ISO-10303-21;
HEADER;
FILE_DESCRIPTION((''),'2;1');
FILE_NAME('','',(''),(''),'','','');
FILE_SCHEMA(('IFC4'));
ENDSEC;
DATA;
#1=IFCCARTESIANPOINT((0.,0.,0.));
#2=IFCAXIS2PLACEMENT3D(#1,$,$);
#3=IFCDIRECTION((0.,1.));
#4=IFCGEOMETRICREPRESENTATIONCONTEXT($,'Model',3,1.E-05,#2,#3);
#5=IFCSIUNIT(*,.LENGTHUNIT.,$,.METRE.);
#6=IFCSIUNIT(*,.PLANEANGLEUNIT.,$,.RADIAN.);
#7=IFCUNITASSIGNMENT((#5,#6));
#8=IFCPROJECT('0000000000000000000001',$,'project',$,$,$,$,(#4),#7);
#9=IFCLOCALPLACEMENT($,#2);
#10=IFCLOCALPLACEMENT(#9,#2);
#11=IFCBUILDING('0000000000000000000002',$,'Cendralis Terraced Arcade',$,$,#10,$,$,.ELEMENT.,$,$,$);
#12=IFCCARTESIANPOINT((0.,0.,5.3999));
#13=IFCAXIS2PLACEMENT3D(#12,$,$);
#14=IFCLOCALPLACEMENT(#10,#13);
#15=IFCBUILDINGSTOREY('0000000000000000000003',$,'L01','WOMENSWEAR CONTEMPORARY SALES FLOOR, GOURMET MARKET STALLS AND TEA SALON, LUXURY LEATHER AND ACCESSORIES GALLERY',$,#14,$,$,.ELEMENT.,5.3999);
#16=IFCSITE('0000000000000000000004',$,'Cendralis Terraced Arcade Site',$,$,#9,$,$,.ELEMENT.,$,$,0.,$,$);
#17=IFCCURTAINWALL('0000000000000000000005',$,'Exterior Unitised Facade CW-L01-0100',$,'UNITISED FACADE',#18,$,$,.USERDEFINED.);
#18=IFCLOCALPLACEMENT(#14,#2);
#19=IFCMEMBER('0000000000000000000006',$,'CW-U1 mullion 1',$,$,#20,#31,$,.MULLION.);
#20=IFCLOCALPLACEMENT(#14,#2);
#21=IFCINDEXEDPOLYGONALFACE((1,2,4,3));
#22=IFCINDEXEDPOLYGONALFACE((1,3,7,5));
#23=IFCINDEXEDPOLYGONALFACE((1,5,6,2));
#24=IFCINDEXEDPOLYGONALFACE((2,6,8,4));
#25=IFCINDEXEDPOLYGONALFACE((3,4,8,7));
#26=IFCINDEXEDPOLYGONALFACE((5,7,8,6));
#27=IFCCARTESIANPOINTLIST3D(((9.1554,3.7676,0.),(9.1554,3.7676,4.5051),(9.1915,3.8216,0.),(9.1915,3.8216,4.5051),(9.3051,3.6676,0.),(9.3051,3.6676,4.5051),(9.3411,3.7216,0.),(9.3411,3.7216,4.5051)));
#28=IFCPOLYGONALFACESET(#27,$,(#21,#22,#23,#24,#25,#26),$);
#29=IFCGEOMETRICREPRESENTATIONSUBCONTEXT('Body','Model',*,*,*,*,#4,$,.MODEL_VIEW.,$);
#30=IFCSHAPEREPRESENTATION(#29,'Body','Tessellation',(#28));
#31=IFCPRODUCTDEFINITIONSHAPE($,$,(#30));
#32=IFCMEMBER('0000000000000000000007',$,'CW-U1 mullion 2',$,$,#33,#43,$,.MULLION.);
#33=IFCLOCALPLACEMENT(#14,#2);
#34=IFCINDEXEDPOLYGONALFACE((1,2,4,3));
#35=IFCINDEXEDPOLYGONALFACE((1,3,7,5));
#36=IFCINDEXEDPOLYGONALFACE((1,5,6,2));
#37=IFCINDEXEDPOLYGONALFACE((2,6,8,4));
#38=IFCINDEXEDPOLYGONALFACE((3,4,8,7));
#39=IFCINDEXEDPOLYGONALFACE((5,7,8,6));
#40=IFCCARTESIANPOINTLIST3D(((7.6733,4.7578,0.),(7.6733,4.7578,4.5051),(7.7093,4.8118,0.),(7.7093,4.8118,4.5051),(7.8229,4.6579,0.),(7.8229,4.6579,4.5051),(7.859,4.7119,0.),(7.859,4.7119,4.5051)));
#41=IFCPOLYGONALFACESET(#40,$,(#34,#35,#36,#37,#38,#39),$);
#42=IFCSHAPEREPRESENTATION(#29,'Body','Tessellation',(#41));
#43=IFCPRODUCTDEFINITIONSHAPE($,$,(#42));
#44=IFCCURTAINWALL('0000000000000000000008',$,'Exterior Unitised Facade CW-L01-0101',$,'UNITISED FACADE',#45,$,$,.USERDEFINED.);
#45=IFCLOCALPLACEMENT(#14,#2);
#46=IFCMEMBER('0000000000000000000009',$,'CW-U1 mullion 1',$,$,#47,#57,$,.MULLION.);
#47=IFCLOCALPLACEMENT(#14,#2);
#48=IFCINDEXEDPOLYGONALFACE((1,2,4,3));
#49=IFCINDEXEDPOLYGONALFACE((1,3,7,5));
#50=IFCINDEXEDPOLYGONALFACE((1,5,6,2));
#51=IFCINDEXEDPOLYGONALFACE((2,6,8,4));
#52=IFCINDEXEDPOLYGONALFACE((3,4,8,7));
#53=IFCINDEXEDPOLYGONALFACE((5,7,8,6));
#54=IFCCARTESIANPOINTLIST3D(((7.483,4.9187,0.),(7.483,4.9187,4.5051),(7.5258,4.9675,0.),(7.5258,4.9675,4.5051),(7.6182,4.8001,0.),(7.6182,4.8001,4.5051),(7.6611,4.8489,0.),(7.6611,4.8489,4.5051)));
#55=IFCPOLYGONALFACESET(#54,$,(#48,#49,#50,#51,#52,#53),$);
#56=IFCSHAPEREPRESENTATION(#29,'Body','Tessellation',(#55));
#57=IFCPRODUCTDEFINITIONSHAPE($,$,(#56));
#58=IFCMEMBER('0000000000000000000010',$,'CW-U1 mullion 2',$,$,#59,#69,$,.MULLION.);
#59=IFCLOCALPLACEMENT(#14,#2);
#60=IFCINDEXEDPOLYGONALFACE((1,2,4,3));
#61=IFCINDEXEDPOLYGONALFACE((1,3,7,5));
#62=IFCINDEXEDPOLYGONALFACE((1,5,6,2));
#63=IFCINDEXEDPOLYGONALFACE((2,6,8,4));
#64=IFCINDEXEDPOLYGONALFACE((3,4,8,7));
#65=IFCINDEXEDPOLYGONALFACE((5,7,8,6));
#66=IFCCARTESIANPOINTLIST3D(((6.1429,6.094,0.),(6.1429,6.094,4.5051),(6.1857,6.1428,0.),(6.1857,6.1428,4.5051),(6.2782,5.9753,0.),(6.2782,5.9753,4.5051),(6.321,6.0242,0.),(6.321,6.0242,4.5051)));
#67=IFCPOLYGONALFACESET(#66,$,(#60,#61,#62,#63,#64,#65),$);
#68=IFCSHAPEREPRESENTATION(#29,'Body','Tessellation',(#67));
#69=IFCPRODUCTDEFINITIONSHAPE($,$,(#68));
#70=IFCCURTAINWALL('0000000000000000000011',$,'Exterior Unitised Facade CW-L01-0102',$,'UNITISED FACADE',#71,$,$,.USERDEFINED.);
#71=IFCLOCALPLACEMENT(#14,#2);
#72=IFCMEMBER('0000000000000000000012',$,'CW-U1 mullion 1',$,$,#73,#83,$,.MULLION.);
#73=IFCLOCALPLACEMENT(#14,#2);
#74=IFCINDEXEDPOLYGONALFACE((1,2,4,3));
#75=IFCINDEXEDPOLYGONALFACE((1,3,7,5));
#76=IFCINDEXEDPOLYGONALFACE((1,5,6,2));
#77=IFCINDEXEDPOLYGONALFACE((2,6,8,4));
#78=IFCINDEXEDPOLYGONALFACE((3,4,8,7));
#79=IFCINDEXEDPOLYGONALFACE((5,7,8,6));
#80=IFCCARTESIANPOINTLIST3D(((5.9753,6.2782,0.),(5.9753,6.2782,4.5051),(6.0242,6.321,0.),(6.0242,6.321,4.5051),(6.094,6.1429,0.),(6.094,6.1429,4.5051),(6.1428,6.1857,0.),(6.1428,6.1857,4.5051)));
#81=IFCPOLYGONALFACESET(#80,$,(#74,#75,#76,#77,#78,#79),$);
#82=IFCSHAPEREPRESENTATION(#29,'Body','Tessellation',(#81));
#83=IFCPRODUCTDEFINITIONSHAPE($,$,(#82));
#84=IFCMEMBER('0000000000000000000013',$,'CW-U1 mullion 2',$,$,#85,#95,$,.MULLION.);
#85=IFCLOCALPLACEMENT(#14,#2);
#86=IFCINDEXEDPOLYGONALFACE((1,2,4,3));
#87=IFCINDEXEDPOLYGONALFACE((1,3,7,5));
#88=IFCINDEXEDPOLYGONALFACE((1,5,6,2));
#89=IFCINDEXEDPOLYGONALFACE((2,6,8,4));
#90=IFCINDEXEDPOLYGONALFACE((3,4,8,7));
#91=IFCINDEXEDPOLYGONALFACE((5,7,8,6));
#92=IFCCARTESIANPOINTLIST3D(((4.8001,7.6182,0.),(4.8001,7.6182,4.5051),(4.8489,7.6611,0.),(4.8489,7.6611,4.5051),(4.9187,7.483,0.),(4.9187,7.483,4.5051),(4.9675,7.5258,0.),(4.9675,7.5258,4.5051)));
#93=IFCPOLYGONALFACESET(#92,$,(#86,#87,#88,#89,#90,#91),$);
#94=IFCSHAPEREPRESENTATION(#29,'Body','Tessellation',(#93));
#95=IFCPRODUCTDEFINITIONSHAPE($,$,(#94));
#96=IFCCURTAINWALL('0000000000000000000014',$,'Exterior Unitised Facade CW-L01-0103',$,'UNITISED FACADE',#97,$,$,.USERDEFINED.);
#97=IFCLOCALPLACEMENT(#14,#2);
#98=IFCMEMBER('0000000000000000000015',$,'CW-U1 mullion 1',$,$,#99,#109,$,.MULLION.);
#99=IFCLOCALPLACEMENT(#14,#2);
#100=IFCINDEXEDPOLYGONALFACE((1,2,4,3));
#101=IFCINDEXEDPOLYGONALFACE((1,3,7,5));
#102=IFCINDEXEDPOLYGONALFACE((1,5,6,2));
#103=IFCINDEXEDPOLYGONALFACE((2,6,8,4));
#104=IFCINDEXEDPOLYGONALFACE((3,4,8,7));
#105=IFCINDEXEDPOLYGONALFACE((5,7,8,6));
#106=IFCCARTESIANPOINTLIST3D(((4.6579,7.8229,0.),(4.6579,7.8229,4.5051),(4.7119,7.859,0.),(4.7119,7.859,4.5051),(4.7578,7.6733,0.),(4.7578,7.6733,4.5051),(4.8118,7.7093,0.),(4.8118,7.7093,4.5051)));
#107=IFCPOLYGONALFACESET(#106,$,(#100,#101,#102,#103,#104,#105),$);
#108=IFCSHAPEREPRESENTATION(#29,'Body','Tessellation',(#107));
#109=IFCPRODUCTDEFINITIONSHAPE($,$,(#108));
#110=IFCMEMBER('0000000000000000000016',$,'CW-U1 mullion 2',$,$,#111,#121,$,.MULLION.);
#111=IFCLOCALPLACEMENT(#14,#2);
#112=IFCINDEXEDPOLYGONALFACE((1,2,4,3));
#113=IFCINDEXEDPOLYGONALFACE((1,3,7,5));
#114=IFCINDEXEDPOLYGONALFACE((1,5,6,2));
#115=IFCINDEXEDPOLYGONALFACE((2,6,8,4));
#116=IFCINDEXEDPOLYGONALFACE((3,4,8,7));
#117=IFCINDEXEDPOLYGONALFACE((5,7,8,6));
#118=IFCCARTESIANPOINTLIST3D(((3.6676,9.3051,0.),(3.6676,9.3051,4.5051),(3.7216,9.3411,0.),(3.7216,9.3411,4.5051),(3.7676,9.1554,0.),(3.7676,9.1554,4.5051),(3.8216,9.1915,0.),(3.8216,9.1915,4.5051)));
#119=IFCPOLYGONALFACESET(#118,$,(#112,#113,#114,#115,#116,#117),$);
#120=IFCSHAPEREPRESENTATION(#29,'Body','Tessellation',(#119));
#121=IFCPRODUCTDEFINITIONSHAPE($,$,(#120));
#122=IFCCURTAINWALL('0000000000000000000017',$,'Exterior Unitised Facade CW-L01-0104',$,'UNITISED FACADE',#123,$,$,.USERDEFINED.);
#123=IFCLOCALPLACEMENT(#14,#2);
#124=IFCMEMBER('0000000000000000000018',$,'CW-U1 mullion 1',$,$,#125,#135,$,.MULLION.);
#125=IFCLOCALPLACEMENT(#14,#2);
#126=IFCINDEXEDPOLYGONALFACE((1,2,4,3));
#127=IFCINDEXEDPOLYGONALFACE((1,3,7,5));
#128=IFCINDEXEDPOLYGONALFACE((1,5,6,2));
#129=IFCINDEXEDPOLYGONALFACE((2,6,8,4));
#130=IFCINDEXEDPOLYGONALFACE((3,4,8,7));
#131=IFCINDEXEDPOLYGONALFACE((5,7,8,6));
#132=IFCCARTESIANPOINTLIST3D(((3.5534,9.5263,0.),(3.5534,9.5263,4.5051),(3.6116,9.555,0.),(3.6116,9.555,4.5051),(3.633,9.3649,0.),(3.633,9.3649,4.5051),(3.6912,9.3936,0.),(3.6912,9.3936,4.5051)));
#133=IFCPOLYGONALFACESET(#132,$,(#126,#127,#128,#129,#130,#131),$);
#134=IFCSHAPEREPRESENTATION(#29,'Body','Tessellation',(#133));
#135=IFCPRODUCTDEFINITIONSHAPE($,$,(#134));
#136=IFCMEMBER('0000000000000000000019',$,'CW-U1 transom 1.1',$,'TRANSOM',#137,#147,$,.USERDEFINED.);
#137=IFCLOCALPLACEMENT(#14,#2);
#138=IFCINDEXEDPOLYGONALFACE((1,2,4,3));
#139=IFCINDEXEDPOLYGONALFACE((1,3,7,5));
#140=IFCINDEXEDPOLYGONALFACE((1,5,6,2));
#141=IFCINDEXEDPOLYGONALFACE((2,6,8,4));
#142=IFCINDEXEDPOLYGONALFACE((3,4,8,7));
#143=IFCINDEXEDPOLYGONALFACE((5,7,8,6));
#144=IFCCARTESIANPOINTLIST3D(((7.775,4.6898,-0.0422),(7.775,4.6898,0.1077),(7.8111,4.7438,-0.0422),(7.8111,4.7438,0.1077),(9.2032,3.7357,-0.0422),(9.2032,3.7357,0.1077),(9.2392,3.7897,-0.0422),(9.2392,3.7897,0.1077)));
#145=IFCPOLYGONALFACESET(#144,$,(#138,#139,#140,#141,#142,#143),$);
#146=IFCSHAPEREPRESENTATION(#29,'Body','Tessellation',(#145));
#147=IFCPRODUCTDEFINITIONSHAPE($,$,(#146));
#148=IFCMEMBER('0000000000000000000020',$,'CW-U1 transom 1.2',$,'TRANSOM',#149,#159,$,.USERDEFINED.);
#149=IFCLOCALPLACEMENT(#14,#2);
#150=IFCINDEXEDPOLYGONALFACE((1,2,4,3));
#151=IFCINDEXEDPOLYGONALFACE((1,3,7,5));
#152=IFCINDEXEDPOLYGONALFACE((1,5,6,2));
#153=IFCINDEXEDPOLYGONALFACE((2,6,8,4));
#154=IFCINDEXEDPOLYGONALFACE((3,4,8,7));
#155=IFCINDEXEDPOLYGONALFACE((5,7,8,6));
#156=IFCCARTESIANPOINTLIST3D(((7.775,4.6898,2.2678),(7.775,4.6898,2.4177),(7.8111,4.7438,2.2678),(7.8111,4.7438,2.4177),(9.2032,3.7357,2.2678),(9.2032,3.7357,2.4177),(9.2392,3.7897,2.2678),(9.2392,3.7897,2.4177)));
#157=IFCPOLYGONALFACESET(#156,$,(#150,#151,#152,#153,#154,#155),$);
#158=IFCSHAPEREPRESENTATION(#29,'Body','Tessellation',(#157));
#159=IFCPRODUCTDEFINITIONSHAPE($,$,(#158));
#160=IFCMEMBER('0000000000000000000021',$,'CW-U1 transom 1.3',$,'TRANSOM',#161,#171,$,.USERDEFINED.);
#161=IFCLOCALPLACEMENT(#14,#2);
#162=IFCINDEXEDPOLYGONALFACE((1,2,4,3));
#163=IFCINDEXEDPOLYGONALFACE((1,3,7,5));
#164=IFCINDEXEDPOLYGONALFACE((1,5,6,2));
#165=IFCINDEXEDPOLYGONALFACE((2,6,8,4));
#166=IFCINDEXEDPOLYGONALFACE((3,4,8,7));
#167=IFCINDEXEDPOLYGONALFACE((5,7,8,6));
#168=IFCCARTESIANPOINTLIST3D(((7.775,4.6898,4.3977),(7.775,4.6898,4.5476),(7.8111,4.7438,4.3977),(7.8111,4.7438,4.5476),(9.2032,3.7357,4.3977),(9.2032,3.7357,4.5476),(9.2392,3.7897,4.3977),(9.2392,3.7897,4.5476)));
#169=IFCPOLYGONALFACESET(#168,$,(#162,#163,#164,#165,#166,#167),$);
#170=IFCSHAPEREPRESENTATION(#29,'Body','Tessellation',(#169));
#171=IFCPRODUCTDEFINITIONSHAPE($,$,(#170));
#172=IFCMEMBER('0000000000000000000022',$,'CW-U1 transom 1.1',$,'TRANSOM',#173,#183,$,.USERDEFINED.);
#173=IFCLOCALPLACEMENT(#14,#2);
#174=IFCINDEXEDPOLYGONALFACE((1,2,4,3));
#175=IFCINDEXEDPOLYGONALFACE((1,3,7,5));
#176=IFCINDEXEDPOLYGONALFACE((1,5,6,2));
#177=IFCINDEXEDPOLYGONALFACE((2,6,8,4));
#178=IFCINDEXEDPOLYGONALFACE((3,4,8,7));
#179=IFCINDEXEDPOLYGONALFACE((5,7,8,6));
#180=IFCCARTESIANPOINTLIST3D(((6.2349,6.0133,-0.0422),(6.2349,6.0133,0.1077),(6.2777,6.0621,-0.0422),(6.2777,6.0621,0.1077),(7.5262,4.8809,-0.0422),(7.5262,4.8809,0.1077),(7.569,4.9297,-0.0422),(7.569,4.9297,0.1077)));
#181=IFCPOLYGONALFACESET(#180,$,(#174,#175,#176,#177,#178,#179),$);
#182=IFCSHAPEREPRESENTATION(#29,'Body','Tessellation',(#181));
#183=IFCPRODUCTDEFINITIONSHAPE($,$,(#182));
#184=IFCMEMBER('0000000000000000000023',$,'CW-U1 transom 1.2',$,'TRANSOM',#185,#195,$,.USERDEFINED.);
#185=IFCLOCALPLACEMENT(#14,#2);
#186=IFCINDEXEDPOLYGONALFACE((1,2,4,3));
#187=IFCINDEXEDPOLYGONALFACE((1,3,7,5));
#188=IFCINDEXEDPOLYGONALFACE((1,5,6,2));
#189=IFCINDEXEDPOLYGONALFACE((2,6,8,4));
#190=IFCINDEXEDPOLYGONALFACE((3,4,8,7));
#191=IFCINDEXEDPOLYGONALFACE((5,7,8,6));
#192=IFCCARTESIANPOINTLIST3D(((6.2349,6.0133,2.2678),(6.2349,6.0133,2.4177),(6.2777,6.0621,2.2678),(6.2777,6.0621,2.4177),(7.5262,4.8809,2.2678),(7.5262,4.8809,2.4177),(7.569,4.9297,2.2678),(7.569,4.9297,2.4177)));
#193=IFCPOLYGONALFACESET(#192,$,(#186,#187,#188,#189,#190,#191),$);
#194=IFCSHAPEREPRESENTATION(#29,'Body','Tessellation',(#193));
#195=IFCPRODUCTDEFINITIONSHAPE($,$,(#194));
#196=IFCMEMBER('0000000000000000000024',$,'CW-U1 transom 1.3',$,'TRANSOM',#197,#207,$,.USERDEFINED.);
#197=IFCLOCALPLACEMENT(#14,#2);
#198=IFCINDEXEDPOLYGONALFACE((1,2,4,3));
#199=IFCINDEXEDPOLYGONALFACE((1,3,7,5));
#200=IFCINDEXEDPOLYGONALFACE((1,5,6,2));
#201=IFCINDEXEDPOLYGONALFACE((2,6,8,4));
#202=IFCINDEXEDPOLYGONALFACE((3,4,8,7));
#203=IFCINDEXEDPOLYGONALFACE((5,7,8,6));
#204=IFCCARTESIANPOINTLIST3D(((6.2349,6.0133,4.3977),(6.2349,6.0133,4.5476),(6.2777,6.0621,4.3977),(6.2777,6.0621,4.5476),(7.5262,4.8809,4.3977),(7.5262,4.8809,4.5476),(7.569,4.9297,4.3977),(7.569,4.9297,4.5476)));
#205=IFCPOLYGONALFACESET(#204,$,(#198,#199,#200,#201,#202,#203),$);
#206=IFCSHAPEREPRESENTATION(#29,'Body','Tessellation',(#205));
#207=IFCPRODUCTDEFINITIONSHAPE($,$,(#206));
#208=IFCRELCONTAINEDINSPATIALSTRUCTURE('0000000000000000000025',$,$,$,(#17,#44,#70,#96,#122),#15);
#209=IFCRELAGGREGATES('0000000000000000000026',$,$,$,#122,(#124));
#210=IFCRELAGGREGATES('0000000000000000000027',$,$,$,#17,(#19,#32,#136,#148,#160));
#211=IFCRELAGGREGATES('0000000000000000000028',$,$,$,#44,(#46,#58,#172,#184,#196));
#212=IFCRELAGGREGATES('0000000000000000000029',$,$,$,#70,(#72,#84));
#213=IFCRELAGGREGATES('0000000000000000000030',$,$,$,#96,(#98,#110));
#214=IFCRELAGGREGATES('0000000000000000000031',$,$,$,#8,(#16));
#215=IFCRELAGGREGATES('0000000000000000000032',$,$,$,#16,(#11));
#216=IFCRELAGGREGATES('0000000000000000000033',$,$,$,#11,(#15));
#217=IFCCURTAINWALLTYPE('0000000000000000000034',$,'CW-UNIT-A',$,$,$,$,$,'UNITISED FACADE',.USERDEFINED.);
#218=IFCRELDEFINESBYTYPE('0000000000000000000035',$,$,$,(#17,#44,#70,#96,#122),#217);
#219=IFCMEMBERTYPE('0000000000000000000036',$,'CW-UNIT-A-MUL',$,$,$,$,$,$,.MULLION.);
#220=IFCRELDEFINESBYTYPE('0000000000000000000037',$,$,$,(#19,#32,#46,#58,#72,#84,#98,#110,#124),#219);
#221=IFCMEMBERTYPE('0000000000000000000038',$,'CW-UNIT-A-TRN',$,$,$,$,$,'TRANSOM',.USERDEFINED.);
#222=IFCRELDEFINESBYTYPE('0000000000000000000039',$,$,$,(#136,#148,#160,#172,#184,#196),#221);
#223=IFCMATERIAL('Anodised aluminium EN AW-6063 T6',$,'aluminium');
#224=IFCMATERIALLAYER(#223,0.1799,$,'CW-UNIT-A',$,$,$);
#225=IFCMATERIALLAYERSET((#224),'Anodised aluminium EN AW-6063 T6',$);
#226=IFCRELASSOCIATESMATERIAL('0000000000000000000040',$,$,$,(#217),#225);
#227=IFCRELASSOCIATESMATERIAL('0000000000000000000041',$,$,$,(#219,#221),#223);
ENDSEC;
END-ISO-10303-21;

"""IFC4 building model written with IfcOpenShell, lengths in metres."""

from ifc_helpers import new_model, si_unit, direction, frame, origin, origin_2d, place, context, subcontext, project, spatial, rectangle, extrude, material, layer, layer_set, material_profile, profile_set, type_object, element, aggregate, save


model = new_model("IFC4")

# Units and contexts
model_context = context("Model", 3, precision=1e-05, world=origin(), true_north=direction((0.0, 1.0)))
body_context = subcontext(model_context, "Body", "Model", "MODEL_VIEW")
ifc_project = project(units=[si_unit("LENGTHUNIT", "METRE"), si_unit("PLANEANGLEUNIT", "RADIAN")], contexts=[model_context])

# Site, building, storey
site_placement = place(None, origin())
site = spatial("IfcSite", under=ifc_project, at=site_placement, Name="Cendralis Terraced Arcade Site", CompositionType="ELEMENT", RefElevation=0.0)
building_placement = place(site_placement, origin())
building = spatial("IfcBuilding", under=site, at=building_placement, Name="Cendralis Terraced Arcade", CompositionType="ELEMENT")
storey_placement = place(building_placement, frame((0.0, 0.0, 5.3999)))
storey = spatial("IfcBuildingStorey", under=building, at=storey_placement, Name="L01", Description="WOMENSWEAR CONTEMPORARY SALES FLOOR, GOURMET MARKET STALLS AND TEA SALON, LUXURY LEATHER AND ACCESSORIES GALLERY", CompositionType="ELEMENT", Elevation=5.3999)

# Curtain walls, members
ifc_material_1 = material(Name="Anodised aluminium EN AW-6063 T6", Category="aluminium")
ifc_layer_1 = layer(ifc_material_1, 0.1799, Name="CW-UNIT-A")
ifc_layer_set_1 = layer_set([ifc_layer_1], Name="Anodised aluminium EN AW-6063 T6")
curtain_wall_type = type_object("IfcCurtainWallType", Name="CW-UNIT-A", ElementType="UNITISED FACADE", PredefinedType="USERDEFINED", material=ifc_layer_set_1)
curtain_wall_1_placement = place(storey_placement, origin())
curtain_wall_1 = element("IfcCurtainWall", 1, at=curtain_wall_1_placement, inside=storey, type_object=curtain_wall_type, Name="Exterior Unitised Facade CW-L01-0100", ObjectType="UNITISED FACADE", PredefinedType="USERDEFINED")
ifc_material_profile_1 = material_profile(ifc_material_1, rectangle(XDim=0.0649, YDim=0.1799, at=origin_2d()), Name="ALU-MUL-65x180")
ifc_profile_set_1 = profile_set([ifc_material_profile_1], Name="Anodised aluminium EN AW-6063 T6")
member_type_1 = type_object("IfcMemberType", Name="CW-UNIT-A-MUL", PredefinedType="MULLION", material=ifc_profile_set_1)
member_1_placement = place(storey_placement, frame((9.2483, 3.7446, 0.0), z_axis=(0.0, 0.0, 1.0), x_axis=(-0.555549, -0.831484, 0.0)))
member_1 = element("IfcMember", 2, at=member_1_placement, type_object=member_type_1, Name="CW-U1 mullion 1", PredefinedType="MULLION", context=body_context, shape_type="SweptSolid", body=[
    extrude(rectangle(XDim=0.0649, YDim=0.1799, at=origin_2d()), origin(), (0.0, 0.0, 1.0), 4.5051),
])
member_2_placement = place(storey_placement, frame((7.7661, 4.7349, 0.0), z_axis=(0.0, 0.0, 1.0), x_axis=(-0.555549, -0.831484, 0.0)))
member_2 = element("IfcMember", 3, at=member_2_placement, type_object=member_type_1, Name="CW-U1 mullion 2", PredefinedType="MULLION", context=body_context, shape_type="SweptSolid", body=[
    extrude(rectangle(XDim=0.0649, YDim=0.1799, at=origin_2d()), origin(), (0.0, 0.0, 1.0), 4.5051),
])
curtain_wall_2_placement = place(storey_placement, origin())
curtain_wall_2 = element("IfcCurtainWall", 4, at=curtain_wall_2_placement, inside=storey, type_object=curtain_wall_type, Name="Exterior Unitised Facade CW-L01-0101", ObjectType="UNITISED FACADE", PredefinedType="USERDEFINED")
member_3_placement = place(storey_placement, frame((7.572, 4.8838, 0.0), z_axis=(0.0, 0.0, 1.0), x_axis=(-0.65937, -0.751818, 0.0)))
member_3 = element("IfcMember", 5, at=member_3_placement, type_object=member_type_1, Name="CW-U1 mullion 1", PredefinedType="MULLION", context=body_context, shape_type="SweptSolid", body=[
    extrude(rectangle(XDim=0.0649, YDim=0.1799, at=origin_2d()), origin(), (0.0, 0.0, 1.0), 4.5051),
])
member_4_placement = place(storey_placement, frame((6.2319, 6.0591, 0.0), z_axis=(0.0, 0.0, 1.0), x_axis=(-0.65937, -0.751818, 0.0)))
member_4 = element("IfcMember", 6, at=member_4_placement, type_object=member_type_1, Name="CW-U1 mullion 2", PredefinedType="MULLION", context=body_context, shape_type="SweptSolid", body=[
    extrude(rectangle(XDim=0.0649, YDim=0.1799, at=origin_2d()), origin(), (0.0, 0.0, 1.0), 4.5051),
])
curtain_wall_3_placement = place(storey_placement, origin())
curtain_wall_3 = element("IfcCurtainWall", 7, at=curtain_wall_3_placement, inside=storey, type_object=curtain_wall_type, Name="Exterior Unitised Facade CW-L01-0102", ObjectType="UNITISED FACADE", PredefinedType="USERDEFINED")
member_5_placement = place(storey_placement, frame((6.0591, 6.2319, 0.0), z_axis=(0.0, 0.0, 1.0), x_axis=(-0.751818, -0.65937, 0.0)))
member_5 = element("IfcMember", 8, at=member_5_placement, type_object=member_type_1, Name="CW-U1 mullion 1", PredefinedType="MULLION", context=body_context, shape_type="SweptSolid", body=[
    extrude(rectangle(XDim=0.0649, YDim=0.1799, at=origin_2d()), origin(), (0.0, 0.0, 1.0), 4.5051),
])
member_6_placement = place(storey_placement, frame((4.8838, 7.572, 0.0), z_axis=(0.0, 0.0, 1.0), x_axis=(-0.751818, -0.65937, 0.0)))
member_6 = element("IfcMember", 9, at=member_6_placement, type_object=member_type_1, Name="CW-U1 mullion 2", PredefinedType="MULLION", context=body_context, shape_type="SweptSolid", body=[
    extrude(rectangle(XDim=0.0649, YDim=0.1799, at=origin_2d()), origin(), (0.0, 0.0, 1.0), 4.5051),
])
curtain_wall_4_placement = place(storey_placement, origin())
curtain_wall_4 = element("IfcCurtainWall", 10, at=curtain_wall_4_placement, inside=storey, type_object=curtain_wall_type, Name="Exterior Unitised Facade CW-L01-0103", ObjectType="UNITISED FACADE", PredefinedType="USERDEFINED")
member_7_placement = place(storey_placement, frame((4.7349, 7.7661, 0.0), z_axis=(0.0, 0.0, 1.0), x_axis=(-0.831484, -0.555549, 0.0)))
member_7 = element("IfcMember", 11, at=member_7_placement, type_object=member_type_1, Name="CW-U1 mullion 1", PredefinedType="MULLION", context=body_context, shape_type="SweptSolid", body=[
    extrude(rectangle(XDim=0.0649, YDim=0.1799, at=origin_2d()), origin(), (0.0, 0.0, 1.0), 4.5051),
])
member_8_placement = place(storey_placement, frame((3.7446, 9.2483, 0.0), z_axis=(0.0, 0.0, 1.0), x_axis=(-0.831484, -0.555549, 0.0)))
member_8 = element("IfcMember", 12, at=member_8_placement, type_object=member_type_1, Name="CW-U1 mullion 2", PredefinedType="MULLION", context=body_context, shape_type="SweptSolid", body=[
    extrude(rectangle(XDim=0.0649, YDim=0.1799, at=origin_2d()), origin(), (0.0, 0.0, 1.0), 4.5051),
])

# Curtain wall, member
curtain_wall_5_placement = place(storey_placement, origin())
curtain_wall_5 = element("IfcCurtainWall", 13, at=curtain_wall_5_placement, inside=storey, type_object=curtain_wall_type, Name="Exterior Unitised Facade CW-L01-0104", ObjectType="UNITISED FACADE", PredefinedType="USERDEFINED")
member_9_placement = place(storey_placement, frame((3.6223, 9.46, 0.0), z_axis=(0.0, 0.0, 1.0), x_axis=(-0.896882, -0.44227, 0.0)))
member_9 = element("IfcMember", 14, at=member_9_placement, type_object=member_type_1, Name="CW-U1 mullion 1", PredefinedType="MULLION", context=body_context, shape_type="SweptSolid", body=[
    extrude(rectangle(XDim=0.0649, YDim=0.1799, at=origin_2d()), origin(), (0.0, 0.0, 1.0), 4.5051),
])

# Members
ifc_material_profile_2 = material_profile(ifc_material_1, rectangle(XDim=0.0649, YDim=0.1499, at=origin_2d()), Name="ALU-TRN-65x150")
ifc_profile_set_2 = profile_set([ifc_material_profile_2], Name="Anodised aluminium EN AW-6063 T6")
member_type_2 = type_object("IfcMemberType", Name="CW-UNIT-A-TRN", ElementType="TRANSOM", PredefinedType="USERDEFINED", material=ifc_profile_set_2)
member_10_placement = place(storey_placement, frame((9.2212, 3.7627, 0.0327), z_axis=(-0.831525, 0.555487, 0.0), x_axis=(-0.555487, -0.831525, 0.0)))
member_10 = element("IfcMember", 15, at=member_10_placement, type_object=member_type_2, Name="CW-U1 transom 1.1", ObjectType="TRANSOM", PredefinedType="USERDEFINED", context=body_context, shape_type="SweptSolid", body=[
    extrude(rectangle(XDim=0.0649, YDim=0.1499, at=origin_2d()), origin(), (0.0, 0.0, 1.0), 1.7175),
])
member_11_placement = place(storey_placement, frame((9.2212, 3.7627, 2.3428), z_axis=(-0.831525, 0.555487, 0.0), x_axis=(-0.555487, -0.831525, 0.0)))
member_11 = element("IfcMember", 16, at=member_11_placement, type_object=member_type_2, Name="CW-U1 transom 1.2", ObjectType="TRANSOM", PredefinedType="USERDEFINED", context=body_context, shape_type="SweptSolid", body=[
    extrude(rectangle(XDim=0.0649, YDim=0.1499, at=origin_2d()), origin(), (0.0, 0.0, 1.0), 1.7175),
])
member_12_placement = place(storey_placement, frame((9.2212, 3.7627, 4.4727), z_axis=(-0.831525, 0.555487, 0.0), x_axis=(-0.555487, -0.831525, 0.0)))
member_12 = element("IfcMember", 17, at=member_12_placement, type_object=member_type_2, Name="CW-U1 transom 1.3", ObjectType="TRANSOM", PredefinedType="USERDEFINED", context=body_context, shape_type="SweptSolid", body=[
    extrude(rectangle(XDim=0.0649, YDim=0.1499, at=origin_2d()), origin(), (0.0, 0.0, 1.0), 1.7175),
])
member_13_placement = place(storey_placement, frame((7.5476, 4.9053, 0.0327), z_axis=(-0.751863, 0.659319, 0.0), x_axis=(-0.659319, -0.751863, 0.0)))
member_13 = element("IfcMember", 18, at=member_13_placement, type_object=member_type_2, Name="CW-U1 transom 1.1", ObjectType="TRANSOM", PredefinedType="USERDEFINED", context=body_context, shape_type="SweptSolid", body=[
    extrude(rectangle(XDim=0.0649, YDim=0.1499, at=origin_2d()), origin(), (0.0, 0.0, 1.0), 1.7175),
])
member_14_placement = place(storey_placement, frame((7.5476, 4.9053, 2.3428), z_axis=(-0.751863, 0.659319, 0.0), x_axis=(-0.659319, -0.751863, 0.0)))
member_14 = element("IfcMember", 19, at=member_14_placement, type_object=member_type_2, Name="CW-U1 transom 1.2", ObjectType="TRANSOM", PredefinedType="USERDEFINED", context=body_context, shape_type="SweptSolid", body=[
    extrude(rectangle(XDim=0.0649, YDim=0.1499, at=origin_2d()), origin(), (0.0, 0.0, 1.0), 1.7175),
])
member_15_placement = place(storey_placement, frame((7.5476, 4.9053, 4.4727), z_axis=(-0.751863, 0.659319, 0.0), x_axis=(-0.659319, -0.751863, 0.0)))
member_15 = element("IfcMember", 20, at=member_15_placement, type_object=member_type_2, Name="CW-U1 transom 1.3", ObjectType="TRANSOM", PredefinedType="USERDEFINED", context=body_context, shape_type="SweptSolid", body=[
    extrude(rectangle(XDim=0.0649, YDim=0.1499, at=origin_2d()), origin(), (0.0, 0.0, 1.0), 1.7175),
])
aggregate(curtain_wall_5, [member_9])

aggregate(curtain_wall_1, [member_1, member_2, member_10, member_11, member_12])
aggregate(curtain_wall_2, [member_3, member_4, member_13, member_14, member_15])
aggregate(curtain_wall_3, [member_5, member_6])
aggregate(curtain_wall_4, [member_7, member_8])

save(model, "model.ifc")
